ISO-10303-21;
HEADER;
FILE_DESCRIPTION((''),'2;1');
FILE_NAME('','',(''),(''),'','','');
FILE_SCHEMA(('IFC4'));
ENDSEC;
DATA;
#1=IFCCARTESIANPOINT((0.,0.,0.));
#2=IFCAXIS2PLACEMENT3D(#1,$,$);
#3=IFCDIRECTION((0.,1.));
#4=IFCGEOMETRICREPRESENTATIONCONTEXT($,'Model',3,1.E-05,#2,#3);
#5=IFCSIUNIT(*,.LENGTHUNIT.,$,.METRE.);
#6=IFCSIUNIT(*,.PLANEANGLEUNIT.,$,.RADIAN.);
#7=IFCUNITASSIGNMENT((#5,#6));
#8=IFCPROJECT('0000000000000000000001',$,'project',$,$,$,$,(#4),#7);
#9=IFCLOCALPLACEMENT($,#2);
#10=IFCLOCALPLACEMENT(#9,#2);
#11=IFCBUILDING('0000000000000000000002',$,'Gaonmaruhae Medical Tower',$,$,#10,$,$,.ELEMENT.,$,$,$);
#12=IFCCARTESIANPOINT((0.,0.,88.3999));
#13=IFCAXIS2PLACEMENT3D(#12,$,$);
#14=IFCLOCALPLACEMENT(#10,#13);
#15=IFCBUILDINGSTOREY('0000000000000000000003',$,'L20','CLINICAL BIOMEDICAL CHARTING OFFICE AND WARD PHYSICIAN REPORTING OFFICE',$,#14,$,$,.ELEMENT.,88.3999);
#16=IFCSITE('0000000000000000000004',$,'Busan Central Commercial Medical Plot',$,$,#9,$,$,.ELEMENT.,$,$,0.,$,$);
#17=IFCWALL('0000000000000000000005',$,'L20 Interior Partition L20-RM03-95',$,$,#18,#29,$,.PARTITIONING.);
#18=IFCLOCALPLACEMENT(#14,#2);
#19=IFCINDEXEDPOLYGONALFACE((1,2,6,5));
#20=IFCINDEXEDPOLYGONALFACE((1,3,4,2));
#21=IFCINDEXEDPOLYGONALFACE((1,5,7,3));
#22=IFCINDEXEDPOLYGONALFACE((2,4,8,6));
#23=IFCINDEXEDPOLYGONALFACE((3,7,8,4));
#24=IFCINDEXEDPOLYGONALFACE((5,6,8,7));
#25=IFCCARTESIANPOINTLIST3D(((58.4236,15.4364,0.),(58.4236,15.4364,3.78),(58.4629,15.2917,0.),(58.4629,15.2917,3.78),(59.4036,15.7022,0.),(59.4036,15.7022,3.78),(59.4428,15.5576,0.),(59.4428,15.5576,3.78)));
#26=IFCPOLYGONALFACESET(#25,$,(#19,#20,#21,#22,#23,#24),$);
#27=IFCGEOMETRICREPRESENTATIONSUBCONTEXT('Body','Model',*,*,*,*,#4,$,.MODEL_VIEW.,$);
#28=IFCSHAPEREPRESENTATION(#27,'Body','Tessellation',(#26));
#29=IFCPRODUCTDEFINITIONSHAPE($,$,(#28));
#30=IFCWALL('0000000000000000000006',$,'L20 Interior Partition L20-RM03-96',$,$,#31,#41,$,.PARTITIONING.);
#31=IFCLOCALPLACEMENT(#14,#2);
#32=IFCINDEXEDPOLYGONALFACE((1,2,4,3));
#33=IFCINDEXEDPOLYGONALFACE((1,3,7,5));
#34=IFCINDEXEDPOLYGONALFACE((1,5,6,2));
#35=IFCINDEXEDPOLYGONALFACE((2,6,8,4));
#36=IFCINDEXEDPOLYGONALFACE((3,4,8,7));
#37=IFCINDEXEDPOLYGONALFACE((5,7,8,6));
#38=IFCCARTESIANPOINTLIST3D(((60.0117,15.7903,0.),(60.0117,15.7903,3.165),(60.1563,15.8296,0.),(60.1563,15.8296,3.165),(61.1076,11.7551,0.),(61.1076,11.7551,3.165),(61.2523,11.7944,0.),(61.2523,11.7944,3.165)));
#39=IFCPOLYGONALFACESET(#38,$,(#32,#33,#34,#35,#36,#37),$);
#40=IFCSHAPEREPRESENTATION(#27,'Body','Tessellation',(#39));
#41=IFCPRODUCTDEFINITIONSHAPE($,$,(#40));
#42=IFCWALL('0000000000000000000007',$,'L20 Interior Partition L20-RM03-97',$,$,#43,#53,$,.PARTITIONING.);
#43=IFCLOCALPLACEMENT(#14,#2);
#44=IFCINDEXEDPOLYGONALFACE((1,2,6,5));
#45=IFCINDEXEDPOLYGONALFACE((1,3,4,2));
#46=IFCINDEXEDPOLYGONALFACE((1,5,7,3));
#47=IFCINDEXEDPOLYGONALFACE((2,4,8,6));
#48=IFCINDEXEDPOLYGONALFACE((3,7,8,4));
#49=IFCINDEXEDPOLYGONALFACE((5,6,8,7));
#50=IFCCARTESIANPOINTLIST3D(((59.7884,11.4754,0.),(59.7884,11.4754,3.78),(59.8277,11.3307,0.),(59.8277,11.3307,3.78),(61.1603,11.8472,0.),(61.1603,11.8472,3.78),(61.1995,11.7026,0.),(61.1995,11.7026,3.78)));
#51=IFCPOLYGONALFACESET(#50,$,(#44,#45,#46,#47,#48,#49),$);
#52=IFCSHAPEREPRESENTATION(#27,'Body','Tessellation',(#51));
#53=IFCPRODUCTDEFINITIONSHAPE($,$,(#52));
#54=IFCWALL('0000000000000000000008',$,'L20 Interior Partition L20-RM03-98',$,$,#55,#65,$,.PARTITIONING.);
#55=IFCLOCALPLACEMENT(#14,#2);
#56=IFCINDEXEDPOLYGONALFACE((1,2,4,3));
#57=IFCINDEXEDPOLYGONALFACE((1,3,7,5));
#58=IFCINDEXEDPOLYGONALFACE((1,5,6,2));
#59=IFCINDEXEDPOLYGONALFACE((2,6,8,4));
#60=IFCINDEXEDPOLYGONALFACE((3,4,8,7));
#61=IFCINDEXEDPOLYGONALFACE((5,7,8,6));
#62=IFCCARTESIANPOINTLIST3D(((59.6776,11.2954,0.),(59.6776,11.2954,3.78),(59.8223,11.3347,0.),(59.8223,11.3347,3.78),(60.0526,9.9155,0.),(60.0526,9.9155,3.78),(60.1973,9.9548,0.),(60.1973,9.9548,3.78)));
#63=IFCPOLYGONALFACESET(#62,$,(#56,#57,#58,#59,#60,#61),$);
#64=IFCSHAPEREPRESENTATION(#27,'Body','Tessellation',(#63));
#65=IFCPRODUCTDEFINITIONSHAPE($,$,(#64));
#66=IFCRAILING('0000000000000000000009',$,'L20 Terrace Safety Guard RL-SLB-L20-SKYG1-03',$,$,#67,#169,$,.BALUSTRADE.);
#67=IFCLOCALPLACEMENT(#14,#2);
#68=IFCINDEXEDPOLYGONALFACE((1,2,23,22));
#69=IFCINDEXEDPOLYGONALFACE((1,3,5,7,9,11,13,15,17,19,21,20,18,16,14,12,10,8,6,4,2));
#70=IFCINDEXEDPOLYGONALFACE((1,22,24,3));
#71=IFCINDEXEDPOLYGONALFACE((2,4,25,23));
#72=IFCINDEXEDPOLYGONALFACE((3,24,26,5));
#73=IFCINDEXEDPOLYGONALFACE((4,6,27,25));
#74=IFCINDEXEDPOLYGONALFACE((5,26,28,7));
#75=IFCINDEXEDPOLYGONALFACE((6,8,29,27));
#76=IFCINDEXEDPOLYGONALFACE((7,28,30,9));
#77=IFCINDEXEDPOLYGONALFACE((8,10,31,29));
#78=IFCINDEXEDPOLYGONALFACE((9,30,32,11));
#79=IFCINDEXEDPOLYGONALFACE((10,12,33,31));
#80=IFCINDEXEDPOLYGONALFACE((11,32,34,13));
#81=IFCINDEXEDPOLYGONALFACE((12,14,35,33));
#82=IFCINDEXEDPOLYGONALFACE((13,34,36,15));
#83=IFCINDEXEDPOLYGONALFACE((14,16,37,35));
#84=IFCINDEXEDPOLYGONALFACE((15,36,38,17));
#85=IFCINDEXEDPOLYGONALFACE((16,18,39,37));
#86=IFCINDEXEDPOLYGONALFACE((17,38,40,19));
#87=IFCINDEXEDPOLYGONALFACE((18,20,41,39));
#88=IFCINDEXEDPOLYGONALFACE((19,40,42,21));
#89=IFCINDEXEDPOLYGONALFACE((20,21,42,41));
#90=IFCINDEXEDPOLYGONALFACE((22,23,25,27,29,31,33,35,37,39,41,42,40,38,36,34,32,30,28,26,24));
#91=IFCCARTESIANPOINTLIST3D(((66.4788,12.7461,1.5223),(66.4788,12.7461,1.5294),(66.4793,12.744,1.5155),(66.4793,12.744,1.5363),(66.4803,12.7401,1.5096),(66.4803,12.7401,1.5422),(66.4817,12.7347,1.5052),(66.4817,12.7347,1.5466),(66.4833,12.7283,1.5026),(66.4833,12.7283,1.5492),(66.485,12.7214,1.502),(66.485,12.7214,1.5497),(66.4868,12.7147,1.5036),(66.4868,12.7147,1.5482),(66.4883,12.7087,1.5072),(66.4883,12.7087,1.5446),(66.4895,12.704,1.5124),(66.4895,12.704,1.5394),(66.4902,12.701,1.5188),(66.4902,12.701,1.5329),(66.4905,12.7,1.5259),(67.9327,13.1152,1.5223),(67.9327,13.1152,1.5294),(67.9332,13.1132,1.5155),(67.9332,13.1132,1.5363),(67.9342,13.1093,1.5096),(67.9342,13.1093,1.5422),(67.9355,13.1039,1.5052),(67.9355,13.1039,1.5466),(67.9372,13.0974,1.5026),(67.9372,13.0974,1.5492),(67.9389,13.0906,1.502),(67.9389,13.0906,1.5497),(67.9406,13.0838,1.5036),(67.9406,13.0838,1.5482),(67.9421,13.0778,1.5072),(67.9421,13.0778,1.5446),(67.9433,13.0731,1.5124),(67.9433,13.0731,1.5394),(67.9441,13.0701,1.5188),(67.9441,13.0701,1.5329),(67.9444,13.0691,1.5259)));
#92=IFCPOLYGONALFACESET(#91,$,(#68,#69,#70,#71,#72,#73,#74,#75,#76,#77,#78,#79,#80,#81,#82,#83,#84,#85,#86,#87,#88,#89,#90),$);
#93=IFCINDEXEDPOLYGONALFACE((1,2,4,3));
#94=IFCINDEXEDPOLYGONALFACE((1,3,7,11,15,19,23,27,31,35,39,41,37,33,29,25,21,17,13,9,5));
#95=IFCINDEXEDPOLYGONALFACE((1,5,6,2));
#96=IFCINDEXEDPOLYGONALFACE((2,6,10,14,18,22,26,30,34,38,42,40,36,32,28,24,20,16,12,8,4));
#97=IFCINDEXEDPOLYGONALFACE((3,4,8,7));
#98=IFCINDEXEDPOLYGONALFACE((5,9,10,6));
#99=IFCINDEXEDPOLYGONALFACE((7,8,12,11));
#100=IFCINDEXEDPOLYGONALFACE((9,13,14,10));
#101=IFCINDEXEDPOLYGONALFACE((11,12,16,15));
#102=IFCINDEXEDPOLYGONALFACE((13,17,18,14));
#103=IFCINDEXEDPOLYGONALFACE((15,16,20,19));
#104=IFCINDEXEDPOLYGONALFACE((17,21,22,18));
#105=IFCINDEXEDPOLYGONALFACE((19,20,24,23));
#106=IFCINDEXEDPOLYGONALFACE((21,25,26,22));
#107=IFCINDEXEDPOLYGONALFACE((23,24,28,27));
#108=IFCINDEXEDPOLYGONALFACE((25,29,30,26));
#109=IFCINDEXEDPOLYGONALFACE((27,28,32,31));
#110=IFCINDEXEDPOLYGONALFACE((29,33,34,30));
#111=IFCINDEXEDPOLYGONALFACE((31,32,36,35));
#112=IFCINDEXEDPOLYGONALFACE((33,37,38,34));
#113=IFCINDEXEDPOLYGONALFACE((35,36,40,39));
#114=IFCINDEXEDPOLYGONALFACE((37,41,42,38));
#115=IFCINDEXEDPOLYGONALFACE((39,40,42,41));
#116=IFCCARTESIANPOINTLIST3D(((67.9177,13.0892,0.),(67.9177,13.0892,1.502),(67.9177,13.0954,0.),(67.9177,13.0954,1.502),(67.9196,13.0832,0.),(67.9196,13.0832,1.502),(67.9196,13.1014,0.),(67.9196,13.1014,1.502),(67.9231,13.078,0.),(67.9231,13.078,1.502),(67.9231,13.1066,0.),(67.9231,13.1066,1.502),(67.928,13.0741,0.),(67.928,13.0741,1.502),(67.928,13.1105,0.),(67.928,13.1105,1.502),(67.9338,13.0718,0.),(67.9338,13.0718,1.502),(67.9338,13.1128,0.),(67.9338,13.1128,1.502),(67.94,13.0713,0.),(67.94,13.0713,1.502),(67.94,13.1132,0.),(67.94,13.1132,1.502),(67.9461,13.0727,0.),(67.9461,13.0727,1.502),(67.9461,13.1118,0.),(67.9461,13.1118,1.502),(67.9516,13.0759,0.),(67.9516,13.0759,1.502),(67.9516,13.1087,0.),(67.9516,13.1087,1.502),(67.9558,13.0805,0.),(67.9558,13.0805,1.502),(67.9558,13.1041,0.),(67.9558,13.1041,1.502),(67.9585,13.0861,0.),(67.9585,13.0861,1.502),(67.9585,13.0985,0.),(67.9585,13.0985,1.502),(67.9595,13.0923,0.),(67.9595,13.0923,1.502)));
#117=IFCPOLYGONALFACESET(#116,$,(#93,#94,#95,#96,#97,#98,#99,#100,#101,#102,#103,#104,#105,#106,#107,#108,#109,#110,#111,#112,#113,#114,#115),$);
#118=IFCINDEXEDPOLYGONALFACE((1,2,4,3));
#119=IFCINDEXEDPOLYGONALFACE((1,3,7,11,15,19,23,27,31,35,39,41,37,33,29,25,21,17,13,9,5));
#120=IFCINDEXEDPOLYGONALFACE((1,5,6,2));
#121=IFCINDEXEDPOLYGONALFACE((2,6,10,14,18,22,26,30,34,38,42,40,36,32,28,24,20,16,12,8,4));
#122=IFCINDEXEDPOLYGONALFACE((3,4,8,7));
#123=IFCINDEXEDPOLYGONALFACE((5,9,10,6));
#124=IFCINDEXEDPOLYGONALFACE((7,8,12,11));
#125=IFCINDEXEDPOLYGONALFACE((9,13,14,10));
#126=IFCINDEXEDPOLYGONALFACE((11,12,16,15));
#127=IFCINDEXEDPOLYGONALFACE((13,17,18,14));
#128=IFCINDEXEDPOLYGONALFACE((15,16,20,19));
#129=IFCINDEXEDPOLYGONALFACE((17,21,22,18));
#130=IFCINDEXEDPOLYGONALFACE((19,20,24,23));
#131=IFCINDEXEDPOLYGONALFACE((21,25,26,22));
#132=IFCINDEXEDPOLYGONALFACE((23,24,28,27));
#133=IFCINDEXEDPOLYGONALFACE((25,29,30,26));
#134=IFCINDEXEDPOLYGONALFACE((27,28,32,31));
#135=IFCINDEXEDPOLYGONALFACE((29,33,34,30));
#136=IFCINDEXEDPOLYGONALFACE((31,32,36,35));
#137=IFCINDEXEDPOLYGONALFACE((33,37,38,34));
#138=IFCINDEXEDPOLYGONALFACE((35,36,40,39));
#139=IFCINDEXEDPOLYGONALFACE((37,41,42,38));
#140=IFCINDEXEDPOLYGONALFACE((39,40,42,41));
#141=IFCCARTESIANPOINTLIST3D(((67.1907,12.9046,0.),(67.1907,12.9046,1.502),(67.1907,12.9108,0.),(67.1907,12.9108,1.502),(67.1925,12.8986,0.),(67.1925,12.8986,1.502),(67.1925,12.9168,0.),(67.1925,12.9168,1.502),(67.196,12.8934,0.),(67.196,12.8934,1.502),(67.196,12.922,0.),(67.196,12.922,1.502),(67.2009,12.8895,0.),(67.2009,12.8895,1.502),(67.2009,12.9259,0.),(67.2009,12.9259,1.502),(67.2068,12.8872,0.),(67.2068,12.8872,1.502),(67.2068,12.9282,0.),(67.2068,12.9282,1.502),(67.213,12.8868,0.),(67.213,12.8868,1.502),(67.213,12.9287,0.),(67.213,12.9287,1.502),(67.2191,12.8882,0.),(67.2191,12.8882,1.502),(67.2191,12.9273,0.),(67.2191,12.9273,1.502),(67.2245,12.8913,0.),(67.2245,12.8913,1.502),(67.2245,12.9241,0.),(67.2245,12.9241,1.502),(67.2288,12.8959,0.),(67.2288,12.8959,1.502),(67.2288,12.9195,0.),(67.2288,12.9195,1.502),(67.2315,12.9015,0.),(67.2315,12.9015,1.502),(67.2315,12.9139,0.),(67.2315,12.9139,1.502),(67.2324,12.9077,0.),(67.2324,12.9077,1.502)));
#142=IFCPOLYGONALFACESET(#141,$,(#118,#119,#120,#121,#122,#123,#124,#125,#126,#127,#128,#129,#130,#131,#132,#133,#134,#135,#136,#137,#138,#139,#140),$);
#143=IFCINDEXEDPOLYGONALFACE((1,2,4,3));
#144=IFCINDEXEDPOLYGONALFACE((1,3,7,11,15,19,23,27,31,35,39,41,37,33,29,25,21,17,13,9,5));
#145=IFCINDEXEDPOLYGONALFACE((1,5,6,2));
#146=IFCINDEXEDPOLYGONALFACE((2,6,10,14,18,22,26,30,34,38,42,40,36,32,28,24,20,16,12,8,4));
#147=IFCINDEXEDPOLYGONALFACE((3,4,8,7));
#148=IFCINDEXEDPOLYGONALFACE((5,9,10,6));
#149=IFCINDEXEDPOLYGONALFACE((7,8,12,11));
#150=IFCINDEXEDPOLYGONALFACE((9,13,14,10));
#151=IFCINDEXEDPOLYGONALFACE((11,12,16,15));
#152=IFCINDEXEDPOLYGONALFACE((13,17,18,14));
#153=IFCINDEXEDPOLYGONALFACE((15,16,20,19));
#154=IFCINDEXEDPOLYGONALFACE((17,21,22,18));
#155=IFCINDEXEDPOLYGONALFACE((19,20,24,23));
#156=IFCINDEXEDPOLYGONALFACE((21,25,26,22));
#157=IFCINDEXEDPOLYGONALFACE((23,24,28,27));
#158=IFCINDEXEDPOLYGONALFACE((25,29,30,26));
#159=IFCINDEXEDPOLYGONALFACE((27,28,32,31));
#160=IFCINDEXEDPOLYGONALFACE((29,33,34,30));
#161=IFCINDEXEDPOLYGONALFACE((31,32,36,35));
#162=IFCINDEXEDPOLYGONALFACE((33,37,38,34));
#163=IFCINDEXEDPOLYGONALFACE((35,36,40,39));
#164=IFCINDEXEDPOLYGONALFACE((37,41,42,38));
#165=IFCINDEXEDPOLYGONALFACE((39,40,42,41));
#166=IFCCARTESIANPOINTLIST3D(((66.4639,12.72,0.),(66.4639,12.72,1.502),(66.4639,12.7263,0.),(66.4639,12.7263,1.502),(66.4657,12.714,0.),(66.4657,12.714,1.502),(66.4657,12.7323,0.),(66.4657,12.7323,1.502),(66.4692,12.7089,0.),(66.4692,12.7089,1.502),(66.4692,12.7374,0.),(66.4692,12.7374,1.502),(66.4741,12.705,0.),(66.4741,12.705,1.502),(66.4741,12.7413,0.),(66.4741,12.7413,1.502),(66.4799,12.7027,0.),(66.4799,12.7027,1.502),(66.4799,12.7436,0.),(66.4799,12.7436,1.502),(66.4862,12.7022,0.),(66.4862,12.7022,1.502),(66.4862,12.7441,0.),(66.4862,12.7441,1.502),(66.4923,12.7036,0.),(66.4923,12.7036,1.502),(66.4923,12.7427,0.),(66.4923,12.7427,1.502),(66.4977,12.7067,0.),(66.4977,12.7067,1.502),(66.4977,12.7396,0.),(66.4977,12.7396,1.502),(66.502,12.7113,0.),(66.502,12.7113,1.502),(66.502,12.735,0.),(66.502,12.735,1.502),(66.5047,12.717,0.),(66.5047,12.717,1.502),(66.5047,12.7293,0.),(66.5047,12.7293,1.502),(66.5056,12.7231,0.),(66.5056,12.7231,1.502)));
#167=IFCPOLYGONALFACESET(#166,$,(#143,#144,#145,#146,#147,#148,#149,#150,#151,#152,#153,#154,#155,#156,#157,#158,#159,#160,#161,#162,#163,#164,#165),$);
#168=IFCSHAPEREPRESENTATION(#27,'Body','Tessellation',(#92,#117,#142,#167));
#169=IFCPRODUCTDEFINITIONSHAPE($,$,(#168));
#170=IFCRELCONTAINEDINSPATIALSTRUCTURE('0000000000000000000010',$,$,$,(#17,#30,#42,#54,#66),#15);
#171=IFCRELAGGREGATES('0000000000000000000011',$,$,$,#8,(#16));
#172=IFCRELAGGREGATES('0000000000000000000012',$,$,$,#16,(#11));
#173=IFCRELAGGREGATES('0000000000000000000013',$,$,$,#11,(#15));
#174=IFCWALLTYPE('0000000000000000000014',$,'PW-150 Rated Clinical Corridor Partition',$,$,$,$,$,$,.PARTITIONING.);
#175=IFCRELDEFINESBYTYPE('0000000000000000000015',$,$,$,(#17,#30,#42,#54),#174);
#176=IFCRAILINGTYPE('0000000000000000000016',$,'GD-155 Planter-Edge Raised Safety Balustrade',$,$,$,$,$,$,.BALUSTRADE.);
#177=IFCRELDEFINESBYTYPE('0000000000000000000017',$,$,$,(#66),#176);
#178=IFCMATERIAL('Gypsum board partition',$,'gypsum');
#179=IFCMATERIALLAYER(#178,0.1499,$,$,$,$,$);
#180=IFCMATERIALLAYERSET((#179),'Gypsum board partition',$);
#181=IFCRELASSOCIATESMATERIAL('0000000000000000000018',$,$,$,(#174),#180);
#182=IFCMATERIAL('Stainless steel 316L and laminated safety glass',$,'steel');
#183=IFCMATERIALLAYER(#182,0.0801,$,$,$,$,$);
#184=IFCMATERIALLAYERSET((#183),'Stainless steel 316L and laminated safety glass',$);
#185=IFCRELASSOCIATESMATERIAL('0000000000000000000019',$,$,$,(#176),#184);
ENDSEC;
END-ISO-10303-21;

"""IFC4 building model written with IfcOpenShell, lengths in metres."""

from ifc_helpers import new_model, si_unit, direction, frame, frame_2d, origin, origin_2d, place, context, subcontext, project, spatial, rectangle, circle, extrude, material, layer, layer_set, type_object, element, save


model = new_model("IFC4")

# Units and contexts
model_context = context("Model", 3, precision=1e-05, world=origin(), true_north=direction((0.0, 1.0)))
body_context = subcontext(model_context, "Body", "Model", "MODEL_VIEW")
ifc_project = project(units=[si_unit("LENGTHUNIT", "METRE"), si_unit("PLANEANGLEUNIT", "RADIAN")], contexts=[model_context])

# Site, building, storey
site_placement = place(None, origin())
site = spatial("IfcSite", under=ifc_project, at=site_placement, Name="Busan Central Commercial Medical Plot", CompositionType="ELEMENT", RefElevation=0.0)
building_placement = place(site_placement, origin())
building = spatial("IfcBuilding", under=site, at=building_placement, Name="Gaonmaruhae Medical Tower", CompositionType="ELEMENT")
storey_placement = place(building_placement, frame((0.0, 0.0, 88.3999)))
storey = spatial("IfcBuildingStorey", under=building, at=storey_placement, Name="L20", Description="CLINICAL BIOMEDICAL CHARTING OFFICE AND WARD PHYSICIAN REPORTING OFFICE", CompositionType="ELEMENT", Elevation=88.3999)

# Walls
ifc_material_1 = material(Name="Gypsum board partition", Category="gypsum")
ifc_layer_1 = layer(ifc_material_1, 0.1499)
ifc_layer_set_1 = layer_set([ifc_layer_1], Name="Gypsum board partition")
wall_type_1 = type_object("IfcWallType", Name="PW-150 Rated Clinical Corridor Partition", PredefinedType="PARTITIONING", material=ifc_layer_set_1)
wall_1_placement = place(storey_placement, frame((58.4431, 15.364, 0.0), z_axis=(0.0, 0.0, 1.0), x_axis=(0.965113, 0.261835, 0.0)))
element("IfcWall", 1, at=wall_1_placement, inside=storey, type_object=wall_type_1, Name="L20 Interior Partition L20-RM03-95", PredefinedType="PARTITIONING", context=body_context, shape_type="SweptSolid", body=[
    extrude(rectangle(XDim=1.0154, YDim=0.1499, at=frame_2d((0.5078, 0.0))), origin(), (0.0, 0.0, 1.0), 3.78),
])
wall_2_placement = place(storey_placement, frame((60.084, 15.8101, 0.0), z_axis=(0.0, 0.0, 1.0), x_axis=(0.262104, -0.96504, 0.0)))
element("IfcWall", 2, at=wall_2_placement, inside=storey, type_object=wall_type_1, Name="L20 Interior Partition L20-RM03-96", PredefinedType="PARTITIONING", context=body_context, shape_type="SweptSolid", body=[
    extrude(rectangle(XDim=4.1814, YDim=0.1499, at=frame_2d((2.0908, 0.0))), origin(), (0.0, 0.0, 1.0), 3.165),
])
wall_3_placement = place(storey_placement, frame((61.1799, 11.7749, 0.0), z_axis=(0.0, 0.0, 1.0), x_axis=(-0.965175, -0.261606, 0.0)))
element("IfcWall", 3, at=wall_3_placement, inside=storey, type_object=wall_type_1, Name="L20 Interior Partition L20-RM03-97", PredefinedType="PARTITIONING", context=body_context, shape_type="SweptSolid", body=[
    extrude(rectangle(XDim=1.4214, YDim=0.1499, at=frame_2d((0.7107, 0.0))), origin(), (0.0, 0.0, 1.0), 3.78),
])
wall_4_placement = place(storey_placement, frame((59.75, 11.3149, 0.0), z_axis=(0.0, 0.0, 1.0), x_axis=(0.26225, -0.965, 0.0)))
element("IfcWall", 4, at=wall_4_placement, inside=storey, type_object=wall_type_1, Name="L20 Interior Partition L20-RM03-98", PredefinedType="PARTITIONING", context=body_context, shape_type="SweptSolid", body=[
    extrude(rectangle(XDim=1.4299, YDim=0.1499, at=frame_2d((0.7148, 0.0))), origin(), (0.0, 0.0, 1.0), 3.78),
])

# Railing
ifc_material_2 = material(Name="Stainless steel 316L and laminated safety glass", Category="steel")
ifc_layer_2 = layer(ifc_material_2, 0.0801)
ifc_layer_set_2 = layer_set([ifc_layer_2], Name="Stainless steel 316L and laminated safety glass")
railing_type = type_object("IfcRailingType", Name="GD-155 Planter-Edge Raised Safety Balustrade", PredefinedType="BALUSTRADE", material=ifc_layer_set_2)
railing_1_placement = place(storey_placement, frame((67.9385, 13.0923, 0.0)))
element("IfcRailing", 5, at=railing_1_placement, inside=storey, type_object=railing_type, Name="L20 Terrace Safety Guard RL-SLB-L20-SKYG1-03", PredefinedType="BALUSTRADE", context=body_context, shape_type="SweptSolid", body=[
    extrude(circle(Radius=0.0239, at=origin_2d()), frame((0.0, 0.0, 1.5259), z_axis=(-0.969246, -0.246096, 0.0), x_axis=(0.246096, -0.969246, 0.0)), (0.0, 0.0, 1.0), 1.5),
    extrude(circle(Radius=0.021, at=origin_2d()), origin(), (0.0, 0.0, 1.0), 1.502),
    extrude(circle(Radius=0.021, at=origin_2d()), frame((-0.7271, -0.1846, 0.0)), (0.0, 0.0, 1.0), 1.502),
    extrude(circle(Radius=0.021, at=origin_2d()), frame((-1.4539, -0.3691, 0.0)), (0.0, 0.0, 1.0), 1.502),
])

save(model, "model.ifc")
